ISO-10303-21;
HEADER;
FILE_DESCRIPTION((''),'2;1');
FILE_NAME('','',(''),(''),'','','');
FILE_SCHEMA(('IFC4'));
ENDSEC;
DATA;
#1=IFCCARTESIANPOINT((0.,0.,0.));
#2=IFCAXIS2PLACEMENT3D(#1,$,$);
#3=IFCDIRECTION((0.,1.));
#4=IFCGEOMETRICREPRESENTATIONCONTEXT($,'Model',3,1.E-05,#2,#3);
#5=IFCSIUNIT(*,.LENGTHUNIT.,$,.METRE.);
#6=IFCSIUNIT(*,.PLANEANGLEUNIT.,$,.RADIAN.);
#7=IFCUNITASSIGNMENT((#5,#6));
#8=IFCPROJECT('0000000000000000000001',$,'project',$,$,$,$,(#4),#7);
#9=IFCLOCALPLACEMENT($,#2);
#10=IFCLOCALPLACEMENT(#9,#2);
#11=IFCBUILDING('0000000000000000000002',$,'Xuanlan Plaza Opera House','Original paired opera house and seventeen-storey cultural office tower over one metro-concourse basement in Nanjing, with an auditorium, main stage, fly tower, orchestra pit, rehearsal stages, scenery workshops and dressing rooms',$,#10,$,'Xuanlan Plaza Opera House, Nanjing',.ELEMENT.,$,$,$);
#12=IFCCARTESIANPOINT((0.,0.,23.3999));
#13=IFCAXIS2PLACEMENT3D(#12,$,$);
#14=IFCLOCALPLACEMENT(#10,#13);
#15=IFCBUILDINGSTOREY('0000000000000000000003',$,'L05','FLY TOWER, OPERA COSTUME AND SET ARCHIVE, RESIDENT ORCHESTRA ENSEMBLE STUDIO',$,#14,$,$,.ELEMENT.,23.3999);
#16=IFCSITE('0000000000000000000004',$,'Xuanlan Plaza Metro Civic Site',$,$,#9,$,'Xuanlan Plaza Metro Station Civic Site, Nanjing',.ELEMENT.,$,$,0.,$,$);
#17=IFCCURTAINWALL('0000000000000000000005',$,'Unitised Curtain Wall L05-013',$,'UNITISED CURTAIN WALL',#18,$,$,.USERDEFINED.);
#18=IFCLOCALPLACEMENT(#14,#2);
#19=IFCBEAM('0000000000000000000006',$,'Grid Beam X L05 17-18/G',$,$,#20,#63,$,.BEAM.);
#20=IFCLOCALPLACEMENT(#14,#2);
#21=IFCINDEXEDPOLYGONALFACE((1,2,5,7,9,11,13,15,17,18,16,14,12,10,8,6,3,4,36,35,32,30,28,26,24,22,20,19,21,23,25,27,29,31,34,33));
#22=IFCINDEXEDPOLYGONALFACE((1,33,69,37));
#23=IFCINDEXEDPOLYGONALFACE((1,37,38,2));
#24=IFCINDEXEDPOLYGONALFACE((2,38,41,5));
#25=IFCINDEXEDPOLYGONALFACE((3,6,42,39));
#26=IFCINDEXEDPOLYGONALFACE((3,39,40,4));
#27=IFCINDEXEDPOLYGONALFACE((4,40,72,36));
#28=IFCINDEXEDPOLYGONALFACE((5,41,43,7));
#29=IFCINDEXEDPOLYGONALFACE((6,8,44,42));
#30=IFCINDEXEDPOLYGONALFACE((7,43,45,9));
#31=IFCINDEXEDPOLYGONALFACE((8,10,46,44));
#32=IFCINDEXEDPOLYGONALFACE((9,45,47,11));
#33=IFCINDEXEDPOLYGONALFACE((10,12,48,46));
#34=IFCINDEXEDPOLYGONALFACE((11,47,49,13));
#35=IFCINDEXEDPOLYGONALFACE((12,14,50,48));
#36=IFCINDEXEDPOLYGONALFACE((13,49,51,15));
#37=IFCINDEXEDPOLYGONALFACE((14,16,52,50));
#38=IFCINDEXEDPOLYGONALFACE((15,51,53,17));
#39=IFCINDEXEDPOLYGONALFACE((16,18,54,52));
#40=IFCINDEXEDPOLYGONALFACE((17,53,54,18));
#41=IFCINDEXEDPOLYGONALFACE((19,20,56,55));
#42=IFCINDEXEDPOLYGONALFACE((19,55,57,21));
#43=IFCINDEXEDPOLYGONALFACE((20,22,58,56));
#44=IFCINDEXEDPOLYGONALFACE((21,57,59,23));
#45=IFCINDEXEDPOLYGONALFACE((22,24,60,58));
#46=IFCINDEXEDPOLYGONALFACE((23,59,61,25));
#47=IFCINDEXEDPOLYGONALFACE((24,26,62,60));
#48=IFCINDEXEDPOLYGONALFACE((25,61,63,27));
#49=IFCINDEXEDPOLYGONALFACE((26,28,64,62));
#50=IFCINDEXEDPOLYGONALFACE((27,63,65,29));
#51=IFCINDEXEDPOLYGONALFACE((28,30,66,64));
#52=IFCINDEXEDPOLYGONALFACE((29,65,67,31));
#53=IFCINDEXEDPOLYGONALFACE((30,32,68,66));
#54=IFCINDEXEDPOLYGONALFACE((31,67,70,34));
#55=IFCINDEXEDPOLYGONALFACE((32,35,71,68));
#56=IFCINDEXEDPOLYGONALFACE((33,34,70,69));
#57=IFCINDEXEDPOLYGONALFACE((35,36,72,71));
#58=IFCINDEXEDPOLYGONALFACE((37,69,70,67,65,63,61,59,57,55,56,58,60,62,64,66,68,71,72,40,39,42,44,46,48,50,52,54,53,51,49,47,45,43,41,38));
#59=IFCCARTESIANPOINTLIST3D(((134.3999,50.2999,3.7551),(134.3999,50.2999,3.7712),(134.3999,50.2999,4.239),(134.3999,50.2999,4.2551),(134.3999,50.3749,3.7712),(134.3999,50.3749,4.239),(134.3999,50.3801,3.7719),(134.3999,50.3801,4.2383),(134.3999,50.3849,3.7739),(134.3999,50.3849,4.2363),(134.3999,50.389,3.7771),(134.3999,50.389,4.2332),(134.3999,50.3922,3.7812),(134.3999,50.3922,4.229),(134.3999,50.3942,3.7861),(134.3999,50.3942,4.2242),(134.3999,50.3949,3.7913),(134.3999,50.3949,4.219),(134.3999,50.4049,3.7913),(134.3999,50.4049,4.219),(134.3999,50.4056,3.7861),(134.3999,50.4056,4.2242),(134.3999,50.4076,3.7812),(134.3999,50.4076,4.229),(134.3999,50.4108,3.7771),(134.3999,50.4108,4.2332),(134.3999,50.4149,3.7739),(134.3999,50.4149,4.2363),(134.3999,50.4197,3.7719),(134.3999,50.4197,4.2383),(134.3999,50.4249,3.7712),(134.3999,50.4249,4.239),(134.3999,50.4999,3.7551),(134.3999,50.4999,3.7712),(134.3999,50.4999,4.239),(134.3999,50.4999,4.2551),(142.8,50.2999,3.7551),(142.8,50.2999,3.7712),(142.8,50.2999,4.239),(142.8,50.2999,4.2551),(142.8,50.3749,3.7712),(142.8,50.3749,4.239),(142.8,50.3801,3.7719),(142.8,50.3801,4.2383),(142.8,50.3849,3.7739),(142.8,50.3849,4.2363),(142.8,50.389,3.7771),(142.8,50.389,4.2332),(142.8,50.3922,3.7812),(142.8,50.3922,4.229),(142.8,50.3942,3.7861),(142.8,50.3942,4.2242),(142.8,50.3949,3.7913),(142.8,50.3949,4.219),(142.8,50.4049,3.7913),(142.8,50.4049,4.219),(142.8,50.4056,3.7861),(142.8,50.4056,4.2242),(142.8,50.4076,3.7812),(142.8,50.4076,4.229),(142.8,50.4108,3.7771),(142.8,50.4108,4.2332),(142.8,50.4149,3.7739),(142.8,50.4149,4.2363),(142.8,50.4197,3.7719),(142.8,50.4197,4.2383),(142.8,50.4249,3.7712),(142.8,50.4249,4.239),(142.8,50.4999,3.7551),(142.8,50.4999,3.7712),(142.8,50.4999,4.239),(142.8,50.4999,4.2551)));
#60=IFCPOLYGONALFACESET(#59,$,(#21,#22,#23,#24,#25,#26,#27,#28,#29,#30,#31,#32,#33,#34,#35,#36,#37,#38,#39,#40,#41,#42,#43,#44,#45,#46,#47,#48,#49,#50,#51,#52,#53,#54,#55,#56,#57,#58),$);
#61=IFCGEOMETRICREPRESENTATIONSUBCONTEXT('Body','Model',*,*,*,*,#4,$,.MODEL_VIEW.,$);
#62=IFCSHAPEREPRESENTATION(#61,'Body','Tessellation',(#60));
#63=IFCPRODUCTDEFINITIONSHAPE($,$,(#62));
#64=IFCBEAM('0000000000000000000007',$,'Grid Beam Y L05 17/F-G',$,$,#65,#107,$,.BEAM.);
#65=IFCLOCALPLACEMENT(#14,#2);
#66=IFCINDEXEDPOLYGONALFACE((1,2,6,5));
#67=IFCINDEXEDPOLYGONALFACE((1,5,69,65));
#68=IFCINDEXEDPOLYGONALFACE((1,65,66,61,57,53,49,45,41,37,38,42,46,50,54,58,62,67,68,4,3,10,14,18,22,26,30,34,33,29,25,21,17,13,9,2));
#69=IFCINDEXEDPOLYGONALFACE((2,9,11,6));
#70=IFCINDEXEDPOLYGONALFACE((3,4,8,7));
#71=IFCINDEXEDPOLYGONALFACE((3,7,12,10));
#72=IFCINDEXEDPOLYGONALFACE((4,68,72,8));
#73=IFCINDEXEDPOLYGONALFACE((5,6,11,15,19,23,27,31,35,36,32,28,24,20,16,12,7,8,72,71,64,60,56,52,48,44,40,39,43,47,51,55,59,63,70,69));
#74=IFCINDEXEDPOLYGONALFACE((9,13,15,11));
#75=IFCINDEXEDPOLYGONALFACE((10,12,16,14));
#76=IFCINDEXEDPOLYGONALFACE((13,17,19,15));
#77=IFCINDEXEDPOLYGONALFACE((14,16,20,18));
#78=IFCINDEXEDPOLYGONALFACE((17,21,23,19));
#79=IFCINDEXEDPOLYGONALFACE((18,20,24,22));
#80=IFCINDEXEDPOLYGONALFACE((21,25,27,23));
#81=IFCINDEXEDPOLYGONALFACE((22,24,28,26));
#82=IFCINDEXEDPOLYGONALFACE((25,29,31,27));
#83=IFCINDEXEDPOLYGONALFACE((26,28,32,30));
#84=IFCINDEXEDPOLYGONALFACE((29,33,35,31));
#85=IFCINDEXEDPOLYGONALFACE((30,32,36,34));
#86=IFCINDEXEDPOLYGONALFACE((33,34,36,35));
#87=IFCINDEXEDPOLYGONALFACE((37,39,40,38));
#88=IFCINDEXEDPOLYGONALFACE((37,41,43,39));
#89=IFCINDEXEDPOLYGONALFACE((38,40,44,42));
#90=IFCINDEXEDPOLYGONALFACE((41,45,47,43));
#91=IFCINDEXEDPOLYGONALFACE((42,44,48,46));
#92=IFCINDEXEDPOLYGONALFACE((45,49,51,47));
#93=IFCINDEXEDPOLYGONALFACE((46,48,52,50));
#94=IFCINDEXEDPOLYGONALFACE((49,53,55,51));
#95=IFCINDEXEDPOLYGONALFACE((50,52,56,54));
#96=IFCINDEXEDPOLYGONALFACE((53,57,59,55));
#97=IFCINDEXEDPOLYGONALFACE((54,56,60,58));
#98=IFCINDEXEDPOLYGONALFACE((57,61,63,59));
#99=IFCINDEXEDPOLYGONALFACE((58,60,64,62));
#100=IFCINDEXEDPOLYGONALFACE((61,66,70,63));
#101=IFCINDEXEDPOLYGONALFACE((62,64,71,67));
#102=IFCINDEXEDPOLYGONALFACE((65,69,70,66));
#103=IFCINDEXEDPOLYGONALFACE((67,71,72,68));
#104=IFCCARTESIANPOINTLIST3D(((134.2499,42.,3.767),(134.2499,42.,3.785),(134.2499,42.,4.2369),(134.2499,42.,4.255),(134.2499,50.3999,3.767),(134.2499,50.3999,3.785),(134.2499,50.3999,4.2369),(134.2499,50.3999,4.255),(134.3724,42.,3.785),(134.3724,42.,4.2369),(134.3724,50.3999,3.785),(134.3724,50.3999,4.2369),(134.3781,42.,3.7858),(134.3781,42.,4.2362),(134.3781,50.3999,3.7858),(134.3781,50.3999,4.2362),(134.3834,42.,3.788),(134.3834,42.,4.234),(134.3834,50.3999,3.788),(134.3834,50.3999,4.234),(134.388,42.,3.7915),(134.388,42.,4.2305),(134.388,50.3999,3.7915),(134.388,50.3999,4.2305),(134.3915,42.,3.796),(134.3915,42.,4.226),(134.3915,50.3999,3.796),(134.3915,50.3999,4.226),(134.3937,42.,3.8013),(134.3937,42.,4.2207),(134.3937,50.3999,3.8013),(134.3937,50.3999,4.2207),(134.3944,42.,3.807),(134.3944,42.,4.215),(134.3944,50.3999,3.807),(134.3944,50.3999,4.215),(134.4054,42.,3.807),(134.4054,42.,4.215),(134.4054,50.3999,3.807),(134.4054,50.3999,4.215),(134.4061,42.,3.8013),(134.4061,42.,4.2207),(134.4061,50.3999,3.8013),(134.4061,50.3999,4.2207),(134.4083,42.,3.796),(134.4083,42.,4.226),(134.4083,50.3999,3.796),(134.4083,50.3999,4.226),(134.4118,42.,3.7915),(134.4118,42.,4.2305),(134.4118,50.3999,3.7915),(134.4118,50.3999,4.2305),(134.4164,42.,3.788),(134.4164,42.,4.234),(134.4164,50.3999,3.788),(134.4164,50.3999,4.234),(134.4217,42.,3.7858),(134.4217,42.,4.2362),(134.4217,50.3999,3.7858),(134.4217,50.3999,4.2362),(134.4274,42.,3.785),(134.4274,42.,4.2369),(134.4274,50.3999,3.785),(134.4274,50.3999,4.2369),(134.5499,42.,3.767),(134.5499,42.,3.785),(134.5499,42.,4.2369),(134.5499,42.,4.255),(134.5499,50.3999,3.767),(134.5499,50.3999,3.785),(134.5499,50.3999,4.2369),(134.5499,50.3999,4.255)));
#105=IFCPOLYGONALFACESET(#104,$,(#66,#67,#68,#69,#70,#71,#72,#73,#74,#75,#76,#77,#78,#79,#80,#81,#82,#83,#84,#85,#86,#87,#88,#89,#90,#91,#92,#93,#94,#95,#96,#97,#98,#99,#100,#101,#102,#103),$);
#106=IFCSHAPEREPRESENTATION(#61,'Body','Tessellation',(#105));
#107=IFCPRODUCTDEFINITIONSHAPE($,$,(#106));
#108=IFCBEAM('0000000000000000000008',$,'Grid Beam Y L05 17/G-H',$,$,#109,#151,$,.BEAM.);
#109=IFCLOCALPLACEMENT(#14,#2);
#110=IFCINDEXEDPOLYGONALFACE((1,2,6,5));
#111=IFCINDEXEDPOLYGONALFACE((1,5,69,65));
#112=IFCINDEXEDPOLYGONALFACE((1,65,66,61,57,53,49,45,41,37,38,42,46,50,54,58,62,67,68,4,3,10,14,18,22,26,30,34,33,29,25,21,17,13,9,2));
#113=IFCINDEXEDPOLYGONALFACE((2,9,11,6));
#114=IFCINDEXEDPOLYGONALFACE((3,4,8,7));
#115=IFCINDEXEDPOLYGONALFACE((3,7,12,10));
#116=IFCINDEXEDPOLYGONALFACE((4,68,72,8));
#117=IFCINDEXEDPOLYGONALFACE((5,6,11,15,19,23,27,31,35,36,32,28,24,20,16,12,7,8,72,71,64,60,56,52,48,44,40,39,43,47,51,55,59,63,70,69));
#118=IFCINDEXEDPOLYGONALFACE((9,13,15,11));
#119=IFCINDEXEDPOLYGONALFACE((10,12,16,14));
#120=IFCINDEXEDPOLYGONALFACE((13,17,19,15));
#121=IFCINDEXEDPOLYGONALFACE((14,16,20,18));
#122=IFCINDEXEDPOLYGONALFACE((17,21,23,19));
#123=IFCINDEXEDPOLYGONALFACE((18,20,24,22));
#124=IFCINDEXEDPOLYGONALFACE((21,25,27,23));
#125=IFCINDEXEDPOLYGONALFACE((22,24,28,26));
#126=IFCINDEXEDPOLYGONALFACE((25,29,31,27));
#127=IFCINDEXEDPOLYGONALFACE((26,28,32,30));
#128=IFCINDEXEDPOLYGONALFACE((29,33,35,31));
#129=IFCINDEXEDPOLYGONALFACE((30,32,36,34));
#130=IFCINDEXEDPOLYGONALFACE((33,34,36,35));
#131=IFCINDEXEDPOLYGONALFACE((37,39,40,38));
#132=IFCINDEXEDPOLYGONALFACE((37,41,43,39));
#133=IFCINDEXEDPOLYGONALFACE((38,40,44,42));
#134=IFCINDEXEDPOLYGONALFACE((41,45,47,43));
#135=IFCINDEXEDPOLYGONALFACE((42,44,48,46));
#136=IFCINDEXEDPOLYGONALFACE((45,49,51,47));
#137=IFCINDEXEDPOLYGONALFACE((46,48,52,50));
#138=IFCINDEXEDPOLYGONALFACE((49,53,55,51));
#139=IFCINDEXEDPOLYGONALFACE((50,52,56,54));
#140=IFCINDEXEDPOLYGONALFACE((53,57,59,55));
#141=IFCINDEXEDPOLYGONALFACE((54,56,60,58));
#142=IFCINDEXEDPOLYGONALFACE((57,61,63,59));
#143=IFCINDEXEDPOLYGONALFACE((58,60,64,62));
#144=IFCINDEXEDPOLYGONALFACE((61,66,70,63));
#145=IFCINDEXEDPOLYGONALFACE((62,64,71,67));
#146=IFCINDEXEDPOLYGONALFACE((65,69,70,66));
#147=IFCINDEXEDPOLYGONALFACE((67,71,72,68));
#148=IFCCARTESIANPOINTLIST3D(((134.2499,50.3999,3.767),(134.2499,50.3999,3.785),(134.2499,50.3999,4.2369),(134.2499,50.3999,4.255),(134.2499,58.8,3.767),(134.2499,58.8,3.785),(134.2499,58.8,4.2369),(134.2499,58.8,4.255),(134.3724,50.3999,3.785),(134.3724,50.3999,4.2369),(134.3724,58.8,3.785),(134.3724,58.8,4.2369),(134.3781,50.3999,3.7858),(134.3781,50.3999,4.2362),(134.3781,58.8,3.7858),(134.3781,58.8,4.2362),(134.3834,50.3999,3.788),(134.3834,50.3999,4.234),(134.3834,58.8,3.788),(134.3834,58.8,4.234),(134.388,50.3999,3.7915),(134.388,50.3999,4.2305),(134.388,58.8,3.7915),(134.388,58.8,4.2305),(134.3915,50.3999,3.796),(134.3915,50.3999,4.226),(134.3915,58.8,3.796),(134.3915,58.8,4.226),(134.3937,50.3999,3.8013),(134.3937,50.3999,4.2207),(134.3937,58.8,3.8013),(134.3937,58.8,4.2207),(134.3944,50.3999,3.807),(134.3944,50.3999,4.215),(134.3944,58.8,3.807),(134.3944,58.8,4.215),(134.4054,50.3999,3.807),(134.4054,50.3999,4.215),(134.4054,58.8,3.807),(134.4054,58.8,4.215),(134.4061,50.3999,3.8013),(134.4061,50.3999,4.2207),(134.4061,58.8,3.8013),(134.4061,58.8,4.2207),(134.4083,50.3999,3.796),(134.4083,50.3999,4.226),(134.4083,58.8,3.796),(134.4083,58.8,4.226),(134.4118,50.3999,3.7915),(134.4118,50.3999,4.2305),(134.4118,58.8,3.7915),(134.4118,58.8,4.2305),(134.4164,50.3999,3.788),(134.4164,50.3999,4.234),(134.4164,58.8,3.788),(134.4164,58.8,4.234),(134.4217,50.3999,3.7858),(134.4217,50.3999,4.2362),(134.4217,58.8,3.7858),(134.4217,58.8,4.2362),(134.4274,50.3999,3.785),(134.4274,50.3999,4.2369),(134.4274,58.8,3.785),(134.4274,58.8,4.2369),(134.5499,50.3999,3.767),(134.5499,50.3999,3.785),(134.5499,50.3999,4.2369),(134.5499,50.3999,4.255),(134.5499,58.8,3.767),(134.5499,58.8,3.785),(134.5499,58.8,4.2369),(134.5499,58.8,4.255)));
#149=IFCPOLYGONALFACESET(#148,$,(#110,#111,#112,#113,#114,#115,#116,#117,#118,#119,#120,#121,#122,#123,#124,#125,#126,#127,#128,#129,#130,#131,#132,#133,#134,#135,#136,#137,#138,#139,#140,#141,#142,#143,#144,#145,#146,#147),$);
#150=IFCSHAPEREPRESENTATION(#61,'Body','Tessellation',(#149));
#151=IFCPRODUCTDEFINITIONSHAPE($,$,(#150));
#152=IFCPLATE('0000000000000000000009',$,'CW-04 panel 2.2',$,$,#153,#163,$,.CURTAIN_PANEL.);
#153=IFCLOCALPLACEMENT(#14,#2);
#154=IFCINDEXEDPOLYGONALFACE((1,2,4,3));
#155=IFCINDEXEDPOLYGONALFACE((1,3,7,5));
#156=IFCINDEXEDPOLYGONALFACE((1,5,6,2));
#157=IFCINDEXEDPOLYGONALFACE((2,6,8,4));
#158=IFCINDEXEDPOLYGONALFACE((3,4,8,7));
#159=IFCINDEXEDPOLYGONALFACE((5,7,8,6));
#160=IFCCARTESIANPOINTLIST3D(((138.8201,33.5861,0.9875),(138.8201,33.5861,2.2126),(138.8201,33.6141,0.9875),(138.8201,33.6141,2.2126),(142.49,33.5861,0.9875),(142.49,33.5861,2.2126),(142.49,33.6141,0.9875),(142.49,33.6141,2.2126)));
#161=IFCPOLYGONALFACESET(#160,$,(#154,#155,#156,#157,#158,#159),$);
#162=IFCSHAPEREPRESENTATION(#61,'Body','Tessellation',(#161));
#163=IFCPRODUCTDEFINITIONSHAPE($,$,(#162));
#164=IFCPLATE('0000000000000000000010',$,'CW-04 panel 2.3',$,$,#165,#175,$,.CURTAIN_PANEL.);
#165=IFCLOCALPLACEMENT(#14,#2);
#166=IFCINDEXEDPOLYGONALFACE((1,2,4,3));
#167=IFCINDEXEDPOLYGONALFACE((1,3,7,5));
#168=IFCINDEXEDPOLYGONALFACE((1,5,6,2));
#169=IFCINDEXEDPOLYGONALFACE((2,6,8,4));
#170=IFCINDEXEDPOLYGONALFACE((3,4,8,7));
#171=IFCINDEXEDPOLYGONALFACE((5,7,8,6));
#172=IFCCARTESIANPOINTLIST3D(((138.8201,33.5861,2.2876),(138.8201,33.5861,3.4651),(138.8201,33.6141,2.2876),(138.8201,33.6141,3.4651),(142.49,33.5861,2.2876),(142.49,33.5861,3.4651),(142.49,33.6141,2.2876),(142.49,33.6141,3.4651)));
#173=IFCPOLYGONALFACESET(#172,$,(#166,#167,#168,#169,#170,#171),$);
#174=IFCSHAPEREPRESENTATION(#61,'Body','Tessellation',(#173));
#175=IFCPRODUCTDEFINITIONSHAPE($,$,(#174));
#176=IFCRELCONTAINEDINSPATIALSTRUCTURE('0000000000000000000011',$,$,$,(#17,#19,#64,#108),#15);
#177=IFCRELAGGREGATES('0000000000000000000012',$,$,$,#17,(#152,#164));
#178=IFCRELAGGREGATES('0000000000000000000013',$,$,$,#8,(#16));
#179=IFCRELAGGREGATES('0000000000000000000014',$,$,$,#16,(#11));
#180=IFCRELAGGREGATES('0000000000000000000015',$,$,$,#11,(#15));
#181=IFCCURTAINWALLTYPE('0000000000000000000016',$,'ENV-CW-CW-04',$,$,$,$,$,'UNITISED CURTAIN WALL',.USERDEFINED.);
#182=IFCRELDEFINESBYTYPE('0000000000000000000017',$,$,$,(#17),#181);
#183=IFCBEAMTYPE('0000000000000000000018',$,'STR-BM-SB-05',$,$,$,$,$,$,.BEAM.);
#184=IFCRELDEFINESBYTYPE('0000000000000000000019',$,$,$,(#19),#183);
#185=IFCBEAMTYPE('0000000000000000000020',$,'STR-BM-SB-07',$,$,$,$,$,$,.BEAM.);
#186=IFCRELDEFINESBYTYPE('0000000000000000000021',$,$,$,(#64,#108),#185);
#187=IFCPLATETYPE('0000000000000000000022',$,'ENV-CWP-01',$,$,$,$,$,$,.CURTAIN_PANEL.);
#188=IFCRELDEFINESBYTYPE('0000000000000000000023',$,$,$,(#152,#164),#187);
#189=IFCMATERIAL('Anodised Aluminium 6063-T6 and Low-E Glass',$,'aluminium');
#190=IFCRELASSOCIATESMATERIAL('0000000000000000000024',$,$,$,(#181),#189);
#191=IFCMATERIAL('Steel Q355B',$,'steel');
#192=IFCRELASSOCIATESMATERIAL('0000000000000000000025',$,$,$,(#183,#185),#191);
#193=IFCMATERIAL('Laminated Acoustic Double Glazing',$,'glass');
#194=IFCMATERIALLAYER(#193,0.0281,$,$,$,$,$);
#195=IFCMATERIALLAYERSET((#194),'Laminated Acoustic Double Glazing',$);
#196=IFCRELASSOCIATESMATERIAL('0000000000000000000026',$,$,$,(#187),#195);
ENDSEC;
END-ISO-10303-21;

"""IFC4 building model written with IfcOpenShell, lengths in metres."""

from ifc_helpers import new_model, si_unit, direction, frame, origin, origin_2d, place, context, subcontext, project, spatial, rectangle, i_section, extrude, material, layer, layer_set, material_profile, profile_set, type_object, element, aggregate, save


model = new_model("IFC4")

# Units and contexts
model_context = context("Model", 3, precision=1e-05, world=origin(), true_north=direction((0.0, 1.0)))
body_context = subcontext(model_context, "Body", "Model", "MODEL_VIEW")
ifc_project = project(units=[si_unit("LENGTHUNIT", "METRE"), si_unit("PLANEANGLEUNIT", "RADIAN")], contexts=[model_context])

# Site, building, storey
site_placement = place(None, origin())
site = spatial("IfcSite", under=ifc_project, at=site_placement, Name="Xuanlan Plaza Metro Civic Site", LongName="Xuanlan Plaza Metro Station Civic Site, Nanjing", CompositionType="ELEMENT", RefElevation=0.0)
building_placement = place(site_placement, origin())
building = spatial("IfcBuilding", under=site, at=building_placement, Name="Xuanlan Plaza Opera House", Description="Original paired opera house and seventeen-storey cultural office tower over one metro-concourse basement in Nanjing, with an auditorium, main stage, fly tower, orchestra pit, rehearsal stages, scenery workshops and dressing rooms", LongName="Xuanlan Plaza Opera House, Nanjing", CompositionType="ELEMENT")
storey_placement = place(building_placement, frame((0.0, 0.0, 23.3999)))
storey = spatial("IfcBuildingStorey", under=building, at=storey_placement, Name="L05", Description="FLY TOWER, OPERA COSTUME AND SET ARCHIVE, RESIDENT ORCHESTRA ENSEMBLE STUDIO", CompositionType="ELEMENT", Elevation=23.3999)

# Shared definitions
ifc_material_1 = material(Name="Steel Q355B", Category="steel")

# Curtain wall
ifc_material_2 = material(Name="Anodised Aluminium 6063-T6 and Low-E Glass", Category="aluminium")
curtain_wall_type = type_object("IfcCurtainWallType", Name="ENV-CW-CW-04", ElementType="UNITISED CURTAIN WALL", PredefinedType="USERDEFINED", material=ifc_material_2)
curtain_wall_placement = place(storey_placement, origin())
curtain_wall = element("IfcCurtainWall", 1, at=curtain_wall_placement, inside=storey, type_object=curtain_wall_type, Name="Unitised Curtain Wall L05-013", ObjectType="UNITISED CURTAIN WALL", PredefinedType="USERDEFINED")

# Beams
ifc_material_profile_1 = material_profile(ifc_material_1, i_section(OverallWidth=0.2, OverallDepth=0.5, WebThickness=0.01, FlangeThickness=0.0161, FilletRadius=0.02, at=origin_2d()), Name="HN 500x200x10x16")
ifc_profile_set_1 = profile_set([ifc_material_profile_1], Name="Steel Q355B")
beam_type_1 = type_object("IfcBeamType", Name="STR-BM-SB-05", PredefinedType="BEAM", material=ifc_profile_set_1)
beam_1_placement = place(storey_placement, frame((134.3999, 50.3999, 4.0051), z_axis=(1.0, 0.0, 0.0), x_axis=(0.0, 1.0, 0.0)))
element("IfcBeam", 2, at=beam_1_placement, inside=storey, type_object=beam_type_1, Name="Grid Beam X L05 17-18/G", PredefinedType="BEAM", context=body_context, shape_type="SweptSolid", body=[
    extrude(i_section(OverallWidth=0.2, OverallDepth=0.5, WebThickness=0.01, FlangeThickness=0.0161, FilletRadius=0.02, at=origin_2d()), origin(), (0.0, 0.0, 1.0), 8.4001),
])
ifc_material_profile_2 = material_profile(ifc_material_1, i_section(OverallWidth=0.3, OverallDepth=0.488, WebThickness=0.011, FlangeThickness=0.0181, FilletRadius=0.022, at=origin_2d()), Name="HM 488x300x11x18")
ifc_profile_set_2 = profile_set([ifc_material_profile_2], Name="Steel Q355B")
beam_type_2 = type_object("IfcBeamType", Name="STR-BM-SB-07", PredefinedType="BEAM", material=ifc_profile_set_2)
beam_2_placement = place(storey_placement, frame((134.3999, 42.0, 4.011), z_axis=(0.0, 1.0, 0.0), x_axis=(-1.0, 0.0, 0.0)))
element("IfcBeam", 3, at=beam_2_placement, inside=storey, type_object=beam_type_2, Name="Grid Beam Y L05 17/F-G", PredefinedType="BEAM", context=body_context, shape_type="SweptSolid", body=[
    extrude(i_section(OverallWidth=0.3, OverallDepth=0.488, WebThickness=0.011, FlangeThickness=0.0181, FilletRadius=0.022, at=origin_2d()), origin(), (0.0, 0.0, 1.0), 8.3999),
])
beam_3_placement = place(storey_placement, frame((134.3999, 50.3999, 4.011), z_axis=(0.0, 1.0, 0.0), x_axis=(-1.0, 0.0, 0.0)))
element("IfcBeam", 4, at=beam_3_placement, inside=storey, type_object=beam_type_2, Name="Grid Beam Y L05 17/G-H", PredefinedType="BEAM", context=body_context, shape_type="SweptSolid", body=[
    extrude(i_section(OverallWidth=0.3, OverallDepth=0.488, WebThickness=0.011, FlangeThickness=0.0181, FilletRadius=0.022, at=origin_2d()), origin(), (0.0, 0.0, 1.0), 8.4001),
])

# Plates
ifc_material_3 = material(Name="Laminated Acoustic Double Glazing", Category="glass")
ifc_layer_1 = layer(ifc_material_3, 0.0281)
ifc_layer_set_1 = layer_set([ifc_layer_1], Name="Laminated Acoustic Double Glazing")
plate_type = type_object("IfcPlateType", Name="ENV-CWP-01", PredefinedType="CURTAIN_PANEL", material=ifc_layer_set_1)
plate_1_placement = place(storey_placement, frame((140.655, 33.6001, 0.9875), z_axis=(0.0, 0.0, 1.0), x_axis=(1.0, 0.0, 0.0)))
plate_1 = element("IfcPlate", 5, at=plate_1_placement, type_object=plate_type, Name="CW-04 panel 2.2", PredefinedType="CURTAIN_PANEL", context=body_context, shape_type="SweptSolid", body=[
    extrude(rectangle(XDim=3.6699, YDim=0.0281, at=origin_2d()), origin(), (0.0, 0.0, 1.0), 1.2251),
])
plate_2_placement = place(storey_placement, frame((140.655, 33.6001, 2.2876), z_axis=(0.0, 0.0, 1.0), x_axis=(1.0, 0.0, 0.0)))
plate_2 = element("IfcPlate", 6, at=plate_2_placement, type_object=plate_type, Name="CW-04 panel 2.3", PredefinedType="CURTAIN_PANEL", context=body_context, shape_type="SweptSolid", body=[
    extrude(rectangle(XDim=3.6699, YDim=0.0281, at=origin_2d()), origin(), (0.0, 0.0, 1.0), 1.1775),
])
aggregate(curtain_wall, [plate_1, plate_2])

save(model, "model.ifc")
